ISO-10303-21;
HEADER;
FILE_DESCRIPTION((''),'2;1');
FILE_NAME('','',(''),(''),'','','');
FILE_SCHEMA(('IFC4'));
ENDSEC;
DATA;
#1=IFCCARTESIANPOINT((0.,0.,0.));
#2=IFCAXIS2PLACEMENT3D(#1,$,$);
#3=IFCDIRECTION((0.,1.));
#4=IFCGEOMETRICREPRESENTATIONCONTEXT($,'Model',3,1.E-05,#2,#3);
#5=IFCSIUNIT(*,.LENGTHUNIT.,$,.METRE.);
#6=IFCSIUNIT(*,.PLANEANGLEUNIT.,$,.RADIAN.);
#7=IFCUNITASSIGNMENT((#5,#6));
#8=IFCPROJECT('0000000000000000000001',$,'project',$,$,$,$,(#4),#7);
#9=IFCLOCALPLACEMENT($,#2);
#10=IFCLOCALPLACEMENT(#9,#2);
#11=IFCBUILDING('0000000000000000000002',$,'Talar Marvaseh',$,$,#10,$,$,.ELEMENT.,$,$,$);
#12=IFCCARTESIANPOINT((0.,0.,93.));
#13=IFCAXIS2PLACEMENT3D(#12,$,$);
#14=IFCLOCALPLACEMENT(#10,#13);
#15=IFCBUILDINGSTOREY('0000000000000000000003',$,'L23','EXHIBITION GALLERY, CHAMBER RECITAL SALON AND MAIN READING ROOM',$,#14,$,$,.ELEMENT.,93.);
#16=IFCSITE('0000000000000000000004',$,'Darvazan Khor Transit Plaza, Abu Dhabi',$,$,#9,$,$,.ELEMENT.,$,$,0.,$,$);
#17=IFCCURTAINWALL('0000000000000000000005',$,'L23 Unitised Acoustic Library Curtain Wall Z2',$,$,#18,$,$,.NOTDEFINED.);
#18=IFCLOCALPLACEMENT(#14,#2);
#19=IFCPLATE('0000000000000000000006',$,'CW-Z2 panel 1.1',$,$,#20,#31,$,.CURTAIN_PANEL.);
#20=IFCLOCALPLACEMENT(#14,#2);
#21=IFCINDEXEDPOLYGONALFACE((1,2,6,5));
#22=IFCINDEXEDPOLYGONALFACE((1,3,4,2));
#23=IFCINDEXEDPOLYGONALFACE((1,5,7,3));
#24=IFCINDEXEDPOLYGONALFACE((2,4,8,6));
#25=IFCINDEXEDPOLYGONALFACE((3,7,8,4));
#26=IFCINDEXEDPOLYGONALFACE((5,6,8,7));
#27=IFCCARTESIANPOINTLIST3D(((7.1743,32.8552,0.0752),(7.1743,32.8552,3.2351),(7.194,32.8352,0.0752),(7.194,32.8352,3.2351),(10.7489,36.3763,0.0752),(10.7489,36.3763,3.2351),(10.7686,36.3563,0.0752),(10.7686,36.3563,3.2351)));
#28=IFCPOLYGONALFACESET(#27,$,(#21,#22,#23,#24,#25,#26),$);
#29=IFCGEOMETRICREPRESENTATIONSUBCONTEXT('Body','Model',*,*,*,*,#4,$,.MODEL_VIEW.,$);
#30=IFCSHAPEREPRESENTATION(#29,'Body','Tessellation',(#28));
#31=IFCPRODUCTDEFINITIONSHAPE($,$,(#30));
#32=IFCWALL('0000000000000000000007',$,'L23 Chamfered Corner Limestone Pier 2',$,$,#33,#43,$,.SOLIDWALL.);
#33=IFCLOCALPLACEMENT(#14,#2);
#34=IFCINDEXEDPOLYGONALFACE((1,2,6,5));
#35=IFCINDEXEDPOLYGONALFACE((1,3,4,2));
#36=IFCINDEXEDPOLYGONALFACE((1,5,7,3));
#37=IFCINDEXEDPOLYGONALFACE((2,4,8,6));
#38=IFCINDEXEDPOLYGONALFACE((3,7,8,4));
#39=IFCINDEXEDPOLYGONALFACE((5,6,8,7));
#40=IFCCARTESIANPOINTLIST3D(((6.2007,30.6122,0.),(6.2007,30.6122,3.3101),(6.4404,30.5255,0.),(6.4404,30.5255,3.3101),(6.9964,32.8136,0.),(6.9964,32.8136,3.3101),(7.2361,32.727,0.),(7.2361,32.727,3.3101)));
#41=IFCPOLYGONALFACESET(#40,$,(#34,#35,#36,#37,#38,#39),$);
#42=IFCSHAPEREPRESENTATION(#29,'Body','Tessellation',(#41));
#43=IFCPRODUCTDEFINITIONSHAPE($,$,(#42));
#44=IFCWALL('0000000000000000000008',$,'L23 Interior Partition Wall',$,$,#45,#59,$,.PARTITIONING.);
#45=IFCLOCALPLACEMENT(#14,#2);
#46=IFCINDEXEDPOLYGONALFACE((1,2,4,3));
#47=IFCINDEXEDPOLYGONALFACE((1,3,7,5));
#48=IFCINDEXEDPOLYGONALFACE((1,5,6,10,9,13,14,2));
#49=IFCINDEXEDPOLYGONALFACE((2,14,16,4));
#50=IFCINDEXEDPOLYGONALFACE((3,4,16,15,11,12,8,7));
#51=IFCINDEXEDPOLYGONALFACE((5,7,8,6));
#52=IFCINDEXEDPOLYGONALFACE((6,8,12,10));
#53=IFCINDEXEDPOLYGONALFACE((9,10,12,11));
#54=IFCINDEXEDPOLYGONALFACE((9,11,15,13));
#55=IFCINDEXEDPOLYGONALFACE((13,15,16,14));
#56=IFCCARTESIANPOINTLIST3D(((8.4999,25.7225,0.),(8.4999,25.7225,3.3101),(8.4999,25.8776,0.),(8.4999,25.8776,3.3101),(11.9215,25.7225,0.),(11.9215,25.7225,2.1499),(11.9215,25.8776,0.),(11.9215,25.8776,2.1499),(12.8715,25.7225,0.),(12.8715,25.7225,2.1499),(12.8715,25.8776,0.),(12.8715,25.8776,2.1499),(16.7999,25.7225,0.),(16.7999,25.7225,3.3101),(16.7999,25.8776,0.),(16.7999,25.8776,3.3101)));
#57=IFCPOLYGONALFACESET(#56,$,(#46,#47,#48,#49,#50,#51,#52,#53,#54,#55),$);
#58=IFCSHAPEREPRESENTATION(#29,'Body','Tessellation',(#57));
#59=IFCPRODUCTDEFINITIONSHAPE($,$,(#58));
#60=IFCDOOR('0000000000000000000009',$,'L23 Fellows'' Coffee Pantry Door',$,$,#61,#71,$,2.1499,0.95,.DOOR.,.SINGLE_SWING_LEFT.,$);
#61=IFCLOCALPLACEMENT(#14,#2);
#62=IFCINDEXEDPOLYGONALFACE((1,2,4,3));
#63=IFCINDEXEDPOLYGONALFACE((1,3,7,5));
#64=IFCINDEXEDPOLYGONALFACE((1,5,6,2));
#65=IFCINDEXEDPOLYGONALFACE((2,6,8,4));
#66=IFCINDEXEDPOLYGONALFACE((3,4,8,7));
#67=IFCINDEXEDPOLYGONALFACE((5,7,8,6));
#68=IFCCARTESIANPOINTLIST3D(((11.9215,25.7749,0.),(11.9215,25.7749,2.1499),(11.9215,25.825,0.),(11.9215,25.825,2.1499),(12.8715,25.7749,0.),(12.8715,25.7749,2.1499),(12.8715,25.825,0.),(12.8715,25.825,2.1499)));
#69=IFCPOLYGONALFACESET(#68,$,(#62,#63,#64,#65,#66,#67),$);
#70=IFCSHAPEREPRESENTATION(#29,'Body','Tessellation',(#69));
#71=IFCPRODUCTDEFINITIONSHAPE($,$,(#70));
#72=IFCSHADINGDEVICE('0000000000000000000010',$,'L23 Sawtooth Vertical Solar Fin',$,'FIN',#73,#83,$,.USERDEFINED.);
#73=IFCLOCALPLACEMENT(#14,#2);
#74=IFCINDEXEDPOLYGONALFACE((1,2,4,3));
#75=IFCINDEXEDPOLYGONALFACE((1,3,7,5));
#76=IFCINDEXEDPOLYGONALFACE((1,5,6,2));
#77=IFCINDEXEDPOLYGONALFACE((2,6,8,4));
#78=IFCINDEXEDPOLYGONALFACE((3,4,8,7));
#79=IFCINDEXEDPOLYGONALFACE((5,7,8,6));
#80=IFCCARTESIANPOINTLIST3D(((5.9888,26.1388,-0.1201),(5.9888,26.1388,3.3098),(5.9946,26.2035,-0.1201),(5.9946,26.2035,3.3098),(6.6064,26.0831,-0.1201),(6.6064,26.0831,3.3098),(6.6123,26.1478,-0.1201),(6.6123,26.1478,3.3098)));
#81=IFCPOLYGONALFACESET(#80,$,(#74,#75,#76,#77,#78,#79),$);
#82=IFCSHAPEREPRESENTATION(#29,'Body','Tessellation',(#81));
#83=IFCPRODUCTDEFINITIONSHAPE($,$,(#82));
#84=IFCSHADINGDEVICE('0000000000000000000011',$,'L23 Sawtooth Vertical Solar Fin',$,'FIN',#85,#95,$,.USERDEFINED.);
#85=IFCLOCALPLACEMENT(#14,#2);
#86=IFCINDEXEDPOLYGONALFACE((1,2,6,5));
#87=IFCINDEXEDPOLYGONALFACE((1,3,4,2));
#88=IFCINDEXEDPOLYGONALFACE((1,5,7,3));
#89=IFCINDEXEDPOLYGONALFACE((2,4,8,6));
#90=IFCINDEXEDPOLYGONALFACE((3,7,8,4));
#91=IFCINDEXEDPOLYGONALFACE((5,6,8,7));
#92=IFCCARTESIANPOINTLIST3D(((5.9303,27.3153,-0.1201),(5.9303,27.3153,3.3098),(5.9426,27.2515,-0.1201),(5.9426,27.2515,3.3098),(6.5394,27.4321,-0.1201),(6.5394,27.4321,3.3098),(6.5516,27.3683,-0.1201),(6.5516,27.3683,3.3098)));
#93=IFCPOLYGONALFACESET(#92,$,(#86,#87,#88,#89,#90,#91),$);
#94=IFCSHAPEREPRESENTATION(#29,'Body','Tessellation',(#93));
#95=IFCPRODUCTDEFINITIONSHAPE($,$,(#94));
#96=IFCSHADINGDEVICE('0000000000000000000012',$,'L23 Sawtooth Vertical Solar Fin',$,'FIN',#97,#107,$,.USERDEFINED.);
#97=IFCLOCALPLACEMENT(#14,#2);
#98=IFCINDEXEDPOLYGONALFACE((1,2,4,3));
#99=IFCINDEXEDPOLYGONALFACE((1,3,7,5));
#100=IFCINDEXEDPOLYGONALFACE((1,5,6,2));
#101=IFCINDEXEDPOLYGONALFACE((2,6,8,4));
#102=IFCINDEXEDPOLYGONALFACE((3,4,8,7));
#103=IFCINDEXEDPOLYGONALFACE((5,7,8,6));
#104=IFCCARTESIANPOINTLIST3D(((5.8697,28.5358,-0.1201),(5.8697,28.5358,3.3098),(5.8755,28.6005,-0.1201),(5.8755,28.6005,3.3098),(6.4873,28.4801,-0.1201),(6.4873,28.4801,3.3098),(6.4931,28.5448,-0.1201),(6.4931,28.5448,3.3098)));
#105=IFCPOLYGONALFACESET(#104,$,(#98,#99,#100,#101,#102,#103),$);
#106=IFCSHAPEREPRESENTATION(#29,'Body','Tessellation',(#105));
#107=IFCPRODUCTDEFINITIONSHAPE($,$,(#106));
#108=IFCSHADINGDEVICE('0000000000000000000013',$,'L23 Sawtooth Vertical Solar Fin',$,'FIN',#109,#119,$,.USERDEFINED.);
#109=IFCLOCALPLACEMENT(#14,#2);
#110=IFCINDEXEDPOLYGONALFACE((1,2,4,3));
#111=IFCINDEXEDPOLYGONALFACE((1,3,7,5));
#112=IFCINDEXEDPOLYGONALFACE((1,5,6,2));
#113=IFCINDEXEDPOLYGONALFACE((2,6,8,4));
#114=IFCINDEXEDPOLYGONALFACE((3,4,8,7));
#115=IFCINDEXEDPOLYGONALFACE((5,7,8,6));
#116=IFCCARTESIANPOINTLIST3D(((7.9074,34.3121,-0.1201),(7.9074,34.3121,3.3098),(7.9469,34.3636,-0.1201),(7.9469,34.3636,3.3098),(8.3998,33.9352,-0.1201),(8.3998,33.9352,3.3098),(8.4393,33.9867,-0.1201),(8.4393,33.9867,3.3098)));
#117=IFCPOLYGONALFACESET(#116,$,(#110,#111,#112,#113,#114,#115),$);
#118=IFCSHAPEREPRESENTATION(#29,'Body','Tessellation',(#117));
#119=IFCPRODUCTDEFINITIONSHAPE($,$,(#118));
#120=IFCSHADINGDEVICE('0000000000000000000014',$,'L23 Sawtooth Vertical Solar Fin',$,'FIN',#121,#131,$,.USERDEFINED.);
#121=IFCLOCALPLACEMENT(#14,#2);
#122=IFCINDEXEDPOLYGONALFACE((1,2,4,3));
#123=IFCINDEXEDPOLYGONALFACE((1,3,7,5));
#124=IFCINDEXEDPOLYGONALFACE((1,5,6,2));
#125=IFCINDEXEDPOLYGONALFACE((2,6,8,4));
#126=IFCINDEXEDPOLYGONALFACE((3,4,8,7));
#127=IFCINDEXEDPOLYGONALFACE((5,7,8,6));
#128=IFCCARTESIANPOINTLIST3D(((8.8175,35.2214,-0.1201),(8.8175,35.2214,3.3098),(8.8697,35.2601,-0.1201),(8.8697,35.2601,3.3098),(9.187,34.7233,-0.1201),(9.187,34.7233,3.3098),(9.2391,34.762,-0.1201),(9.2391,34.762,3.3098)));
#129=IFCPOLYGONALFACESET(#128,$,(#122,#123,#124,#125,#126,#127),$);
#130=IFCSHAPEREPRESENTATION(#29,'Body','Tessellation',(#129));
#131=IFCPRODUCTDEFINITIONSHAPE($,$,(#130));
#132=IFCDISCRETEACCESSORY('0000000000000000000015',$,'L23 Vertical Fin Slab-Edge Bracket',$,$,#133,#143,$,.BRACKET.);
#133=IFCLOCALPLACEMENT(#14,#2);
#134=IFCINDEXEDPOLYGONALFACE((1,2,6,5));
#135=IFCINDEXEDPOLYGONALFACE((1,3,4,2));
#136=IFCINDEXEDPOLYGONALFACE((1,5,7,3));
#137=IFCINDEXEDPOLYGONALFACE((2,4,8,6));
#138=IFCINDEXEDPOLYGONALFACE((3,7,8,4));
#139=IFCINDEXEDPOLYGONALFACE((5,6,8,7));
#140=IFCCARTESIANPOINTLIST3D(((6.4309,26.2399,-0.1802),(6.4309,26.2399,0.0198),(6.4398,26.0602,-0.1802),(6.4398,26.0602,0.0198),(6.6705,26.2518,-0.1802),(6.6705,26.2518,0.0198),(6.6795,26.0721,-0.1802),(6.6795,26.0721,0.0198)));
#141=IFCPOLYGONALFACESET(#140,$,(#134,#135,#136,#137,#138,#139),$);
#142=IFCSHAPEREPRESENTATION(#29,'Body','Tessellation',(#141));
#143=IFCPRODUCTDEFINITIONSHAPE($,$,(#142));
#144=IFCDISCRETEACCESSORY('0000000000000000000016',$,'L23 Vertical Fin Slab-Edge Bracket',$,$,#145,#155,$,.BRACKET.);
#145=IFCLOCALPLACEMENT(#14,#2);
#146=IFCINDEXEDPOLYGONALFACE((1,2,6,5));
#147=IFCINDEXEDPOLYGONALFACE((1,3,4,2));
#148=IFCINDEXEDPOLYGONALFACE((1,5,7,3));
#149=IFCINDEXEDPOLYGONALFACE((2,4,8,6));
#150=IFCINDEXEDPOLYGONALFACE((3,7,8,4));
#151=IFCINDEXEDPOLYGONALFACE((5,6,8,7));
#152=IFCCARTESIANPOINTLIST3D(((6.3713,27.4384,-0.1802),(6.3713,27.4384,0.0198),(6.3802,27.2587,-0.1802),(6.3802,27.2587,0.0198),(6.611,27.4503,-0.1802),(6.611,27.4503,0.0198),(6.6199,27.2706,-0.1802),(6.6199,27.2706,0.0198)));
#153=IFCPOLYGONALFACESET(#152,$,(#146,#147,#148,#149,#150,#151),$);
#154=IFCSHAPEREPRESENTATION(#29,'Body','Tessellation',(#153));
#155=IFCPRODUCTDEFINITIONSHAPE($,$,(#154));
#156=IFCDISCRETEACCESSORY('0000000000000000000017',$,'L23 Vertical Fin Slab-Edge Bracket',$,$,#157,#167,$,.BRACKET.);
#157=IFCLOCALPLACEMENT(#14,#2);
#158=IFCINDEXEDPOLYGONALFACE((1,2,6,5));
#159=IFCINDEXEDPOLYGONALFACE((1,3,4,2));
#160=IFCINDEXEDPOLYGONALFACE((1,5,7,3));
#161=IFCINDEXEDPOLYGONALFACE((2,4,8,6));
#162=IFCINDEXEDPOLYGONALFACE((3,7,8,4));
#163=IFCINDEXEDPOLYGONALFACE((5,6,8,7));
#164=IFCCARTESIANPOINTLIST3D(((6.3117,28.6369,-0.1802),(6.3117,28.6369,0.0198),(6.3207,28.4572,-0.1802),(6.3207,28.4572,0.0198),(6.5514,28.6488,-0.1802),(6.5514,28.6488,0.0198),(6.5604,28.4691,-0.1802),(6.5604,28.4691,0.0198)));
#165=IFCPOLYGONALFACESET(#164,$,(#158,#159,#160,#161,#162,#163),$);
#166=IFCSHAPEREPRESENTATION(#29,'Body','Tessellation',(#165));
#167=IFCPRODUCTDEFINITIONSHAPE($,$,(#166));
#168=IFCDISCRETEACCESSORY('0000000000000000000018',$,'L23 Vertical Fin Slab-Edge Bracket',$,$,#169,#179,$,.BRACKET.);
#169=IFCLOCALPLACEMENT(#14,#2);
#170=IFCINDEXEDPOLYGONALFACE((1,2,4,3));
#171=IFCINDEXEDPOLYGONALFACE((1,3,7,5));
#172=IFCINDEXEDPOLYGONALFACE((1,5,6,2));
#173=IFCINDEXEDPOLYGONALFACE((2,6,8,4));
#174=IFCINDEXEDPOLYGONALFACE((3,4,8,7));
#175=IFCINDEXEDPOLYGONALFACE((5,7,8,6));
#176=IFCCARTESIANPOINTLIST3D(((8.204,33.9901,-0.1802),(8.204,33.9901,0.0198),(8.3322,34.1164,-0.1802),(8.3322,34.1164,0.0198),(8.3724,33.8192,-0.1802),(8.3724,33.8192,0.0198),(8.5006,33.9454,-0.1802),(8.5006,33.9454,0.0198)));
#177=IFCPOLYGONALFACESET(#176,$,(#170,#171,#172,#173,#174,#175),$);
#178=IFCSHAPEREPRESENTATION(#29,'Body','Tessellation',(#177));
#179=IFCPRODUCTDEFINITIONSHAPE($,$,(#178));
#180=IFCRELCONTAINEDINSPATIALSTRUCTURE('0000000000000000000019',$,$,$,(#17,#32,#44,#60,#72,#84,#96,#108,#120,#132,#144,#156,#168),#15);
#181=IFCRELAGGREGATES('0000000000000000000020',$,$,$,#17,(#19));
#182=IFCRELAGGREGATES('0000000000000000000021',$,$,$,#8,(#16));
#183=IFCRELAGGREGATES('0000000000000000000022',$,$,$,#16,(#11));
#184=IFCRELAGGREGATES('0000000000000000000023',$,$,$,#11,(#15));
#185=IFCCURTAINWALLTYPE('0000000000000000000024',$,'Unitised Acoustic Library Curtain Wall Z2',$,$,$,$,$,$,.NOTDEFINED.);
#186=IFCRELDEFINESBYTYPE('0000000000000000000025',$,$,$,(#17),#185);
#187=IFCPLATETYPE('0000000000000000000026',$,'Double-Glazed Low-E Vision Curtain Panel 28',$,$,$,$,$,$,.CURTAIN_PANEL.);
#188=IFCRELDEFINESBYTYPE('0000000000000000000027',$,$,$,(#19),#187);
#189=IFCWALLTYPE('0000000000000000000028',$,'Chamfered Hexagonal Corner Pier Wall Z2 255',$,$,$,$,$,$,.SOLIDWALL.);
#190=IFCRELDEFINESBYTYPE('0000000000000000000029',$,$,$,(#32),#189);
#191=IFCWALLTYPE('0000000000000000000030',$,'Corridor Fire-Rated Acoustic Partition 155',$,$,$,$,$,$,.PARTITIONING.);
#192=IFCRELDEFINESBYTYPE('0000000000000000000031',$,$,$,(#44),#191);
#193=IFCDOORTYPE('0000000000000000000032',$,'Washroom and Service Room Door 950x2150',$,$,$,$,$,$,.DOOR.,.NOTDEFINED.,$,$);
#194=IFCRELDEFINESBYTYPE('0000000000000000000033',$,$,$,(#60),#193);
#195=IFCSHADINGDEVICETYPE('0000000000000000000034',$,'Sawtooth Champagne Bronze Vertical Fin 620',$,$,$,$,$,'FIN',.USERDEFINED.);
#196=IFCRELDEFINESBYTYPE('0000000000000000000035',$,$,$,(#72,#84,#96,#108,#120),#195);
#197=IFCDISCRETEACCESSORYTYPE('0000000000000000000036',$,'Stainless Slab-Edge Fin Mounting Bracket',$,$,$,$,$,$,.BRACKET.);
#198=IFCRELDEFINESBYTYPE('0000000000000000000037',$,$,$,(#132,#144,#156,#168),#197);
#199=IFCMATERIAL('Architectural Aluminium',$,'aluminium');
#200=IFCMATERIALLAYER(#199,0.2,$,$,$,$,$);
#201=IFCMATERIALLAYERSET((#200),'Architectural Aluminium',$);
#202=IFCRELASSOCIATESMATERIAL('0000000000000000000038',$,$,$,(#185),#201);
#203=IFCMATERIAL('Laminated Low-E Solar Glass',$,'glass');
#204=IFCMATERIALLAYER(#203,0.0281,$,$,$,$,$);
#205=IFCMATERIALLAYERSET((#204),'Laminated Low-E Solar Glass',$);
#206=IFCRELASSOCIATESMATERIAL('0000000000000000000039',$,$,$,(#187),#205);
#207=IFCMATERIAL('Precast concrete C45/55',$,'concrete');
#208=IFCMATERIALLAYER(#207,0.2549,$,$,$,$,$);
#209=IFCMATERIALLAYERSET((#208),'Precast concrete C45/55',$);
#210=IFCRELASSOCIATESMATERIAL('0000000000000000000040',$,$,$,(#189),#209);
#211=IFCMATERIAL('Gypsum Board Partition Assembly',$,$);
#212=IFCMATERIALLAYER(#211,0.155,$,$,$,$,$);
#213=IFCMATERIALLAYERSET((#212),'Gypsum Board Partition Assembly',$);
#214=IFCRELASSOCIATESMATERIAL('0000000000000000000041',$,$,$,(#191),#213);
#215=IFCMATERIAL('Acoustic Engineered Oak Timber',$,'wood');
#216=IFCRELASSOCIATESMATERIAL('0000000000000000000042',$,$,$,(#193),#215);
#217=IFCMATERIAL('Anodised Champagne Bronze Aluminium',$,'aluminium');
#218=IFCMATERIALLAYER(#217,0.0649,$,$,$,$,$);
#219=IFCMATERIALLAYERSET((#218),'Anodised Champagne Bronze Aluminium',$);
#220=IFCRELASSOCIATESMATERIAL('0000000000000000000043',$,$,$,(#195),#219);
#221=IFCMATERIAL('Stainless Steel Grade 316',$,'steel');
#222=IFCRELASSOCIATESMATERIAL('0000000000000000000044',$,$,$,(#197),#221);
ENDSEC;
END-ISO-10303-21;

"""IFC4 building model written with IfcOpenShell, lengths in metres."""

from ifc_helpers import new_model, si_unit, direction, frame, frame_2d, origin, origin_2d, place, context, subcontext, project, spatial, rectangle, extrude, source, transform, mapped, material, layer, layer_set, type_object, type_shapes, element, fill, aggregate, save


model = new_model("IFC4")

# Units and contexts
model_context = context("Model", 3, precision=1e-05, world=origin(), true_north=direction((0.0, 1.0)))
body_context = subcontext(model_context, "Body", "Model", "MODEL_VIEW")
ifc_project = project(units=[si_unit("LENGTHUNIT", "METRE"), si_unit("PLANEANGLEUNIT", "RADIAN")], contexts=[model_context])

# Site, building, storey
site_placement = place(None, origin())
site = spatial("IfcSite", under=ifc_project, at=site_placement, Name="Darvazan Khor Transit Plaza, Abu Dhabi", CompositionType="ELEMENT", RefElevation=0.0)
building_placement = place(site_placement, origin())
building = spatial("IfcBuilding", under=site, at=building_placement, Name="Talar Marvaseh", CompositionType="ELEMENT")
storey_placement = place(building_placement, frame((0.0, 0.0, 93.0)))
storey = spatial("IfcBuildingStorey", under=building, at=storey_placement, Name="L23", Description="EXHIBITION GALLERY, CHAMBER RECITAL SALON AND MAIN READING ROOM", CompositionType="ELEMENT", Elevation=93.0)

# Shared definitions
ifc_material_1 = material(Name="Architectural Aluminium", Category="aluminium")
ifc_layer_1 = layer(ifc_material_1, 0.2)
ifc_layer_set_1 = layer_set([ifc_layer_1], Name="Architectural Aluminium")
curtain_wall_type = type_object("IfcCurtainWallType", Name="Unitised Acoustic Library Curtain Wall Z2", PredefinedType="NOTDEFINED", material=ifc_layer_set_1)

# Curtain wall
curtain_wall_1_placement = place(storey_placement, origin())
curtain_wall_1 = element("IfcCurtainWall", 1, at=curtain_wall_1_placement, inside=storey, type_object=curtain_wall_type, Name="L23 Unitised Acoustic Library Curtain Wall Z2", PredefinedType="NOTDEFINED")

# Plate
ifc_material_2 = material(Name="Laminated Low-E Solar Glass", Category="glass")
ifc_layer_2 = layer(ifc_material_2, 0.0281)
ifc_layer_set_2 = layer_set([ifc_layer_2], Name="Laminated Low-E Solar Glass")
plate_type = type_object("IfcPlateType", Name="Double-Glazed Low-E Vision Curtain Panel 28", PredefinedType="CURTAIN_PANEL", material=ifc_layer_set_2)
shared_shape_1 = source(origin(), body_context, "Body", "SweptSolid", [
    extrude(rectangle(XDim=5.0176, YDim=0.0281, at=origin_2d()), origin(), (0.0, 0.0, 1.0), 3.1599),
])
plate_1_placement = place(storey_placement, frame((8.9714, 34.6057, 0.0752), z_axis=(0.0, 0.0, 1.0), x_axis=(0.712418, 0.701755, 0.0)))
plate_1 = element("IfcPlate", 2, at=plate_1_placement, type_object=plate_type, Name="CW-Z2 panel 1.1", PredefinedType="CURTAIN_PANEL", context=body_context, shape_type="MappedRepresentation", body=[
    mapped(shared_shape_1, transform((0.0, 0.0, 0.0), x_axis=(1.0, 0.0, 0.0), y_axis=(0.0, 1.0, 0.0), z_axis=(0.0, 0.0, 1.0), scale=1.0)),
])
aggregate(curtain_wall_1, [plate_1])

# Wall
ifc_material_3 = material(Name="Precast concrete C45/55", Category="concrete")
ifc_layer_3 = layer(ifc_material_3, 0.2549)
ifc_layer_set_3 = layer_set([ifc_layer_3], Name="Precast concrete C45/55")
wall_type_1 = type_object("IfcWallType", Name="Chamfered Hexagonal Corner Pier Wall Z2 255", PredefinedType="SOLIDWALL", material=ifc_layer_set_3)
wall_1_placement = place(storey_placement, frame((6.3206, 30.5688, 0.0), z_axis=(0.0, 0.0, 1.0), x_axis=(0.339908, 0.940459, 0.0)))
element("IfcWall", 3, at=wall_1_placement, inside=storey, type_object=wall_type_1, Name="L23 Chamfered Corner Limestone Pier 2", PredefinedType="SOLIDWALL", context=body_context, shape_type="SweptSolid", body=[
    extrude(rectangle(XDim=2.3408, YDim=0.2549, at=frame_2d((1.1704, 0.0))), origin(), (0.0, 0.0, 1.0), 3.3101),
])

# Wall, opening, door
ifc_material_4 = material(Name="Gypsum Board Partition Assembly")
ifc_layer_4 = layer(ifc_material_4, 0.155)
ifc_layer_set_4 = layer_set([ifc_layer_4], Name="Gypsum Board Partition Assembly")
wall_type_2 = type_object("IfcWallType", Name="Corridor Fire-Rated Acoustic Partition 155", PredefinedType="PARTITIONING", material=ifc_layer_set_4)
wall_2_placement = place(storey_placement, frame((8.5, 25.8, 0.0), z_axis=(0.0, 0.0, 1.0), x_axis=(1.0, 0.0, 0.0)))
wall_2 = element("IfcWall", 4, at=wall_2_placement, inside=storey, type_object=wall_type_2, Name="L23 Interior Partition Wall", PredefinedType="PARTITIONING", context=body_context, shape_type="SweptSolid", body=[
    extrude(rectangle(XDim=8.3, YDim=0.155, at=frame_2d((4.1499, 0.0))), origin(), (0.0, 0.0, 1.0), 3.3101),
])
opening_placement = place(wall_2_placement, frame((3.4214, 0.0, 0.0)))
opening = element("IfcOpeningElement", 5, at=opening_placement, cuts=wall_2, PredefinedType="OPENING", context=body_context, shape_type="SweptSolid", body=[
    extrude(rectangle(XDim=0.95, YDim=2.1499, at=frame_2d((0.4751, 1.075))), frame((0.0, 0.0874, 0.0), z_axis=(0.0, -1.0, 0.0), x_axis=(1.0, 0.0, 0.0)), (0.0, 0.0, 1.0), 0.175),
])
ifc_material_5 = material(Name="Acoustic Engineered Oak Timber", Category="wood")
door_type = type_object("IfcDoorType", Name="Washroom and Service Room Door 950x2150", OperationType="NOTDEFINED", PredefinedType="DOOR", material=ifc_material_5)
shared_shape_2 = source(origin(), body_context, "Body", "SweptSolid", [
    extrude(rectangle(XDim=0.95, YDim=2.1499, at=frame_2d((0.4751, 1.075))), frame((0.0, 0.0249, 0.0), z_axis=(0.0, -1.0, 0.0), x_axis=(1.0, 0.0, 0.0)), (0.0, 0.0, 1.0), 0.05),
])
type_shapes(door_type, [shared_shape_2])
door_placement = place(opening_placement, origin())
door = element("IfcDoor", 6, at=door_placement, inside=storey, type_object=door_type, Name="L23 Fellows' Coffee Pantry Door", OperationType="SINGLE_SWING_LEFT", OverallHeight=2.1499, OverallWidth=0.95, PredefinedType="DOOR", context=body_context, shape_type="MappedRepresentation", body=[
    mapped(shared_shape_2, transform((0.0, 0.0, 0.0), x_axis=(1.0, 0.0, 0.0), y_axis=(0.0, 1.0, 0.0), z_axis=(0.0, 0.0, 1.0), scale=1.0)),
])
fill(opening, door)

# Shading devices
ifc_material_6 = material(Name="Anodised Champagne Bronze Aluminium", Category="aluminium")
ifc_layer_5 = layer(ifc_material_6, 0.0649)
ifc_layer_set_5 = layer_set([ifc_layer_5], Name="Anodised Champagne Bronze Aluminium")
shading_device_type = type_object("IfcShadingDeviceType", Name="Sawtooth Champagne Bronze Vertical Fin 620", ElementType="FIN", PredefinedType="USERDEFINED", material=ifc_layer_set_5)
shared_shape_3 = source(origin(), body_context, "Body", "SweptSolid", [
    extrude(rectangle(XDim=0.6201, YDim=0.0649, at=origin_2d()), origin(), (0.0, 0.0, 1.0), 3.4299),
])
type_shapes(shading_device_type, [shared_shape_3])
for number, where, z_axis, x_axis, name in (
    (7, (6.3005, 26.1433, -0.1201), (0.0, 0.0, 1.0), (-0.995963, 0.089763, 0.0), "L23 Sawtooth Vertical Solar Fin"),
    (8, (6.241, 27.3418, -0.1201), (0.0, 0.0, 1.0), (-0.982123, -0.188238, 0.0), "L23 Sawtooth Vertical Solar Fin"),
    (9, (6.1814, 28.5403, -0.1201), (0.0, 0.0, 1.0), (-0.995963, 0.089763, 0.0), "L23 Sawtooth Vertical Solar Fin"),
    (10, (8.1733, 34.1494, -0.1201), (0.0, 0.0, 1.0), (-0.794096, 0.607792, 0.0), "L23 Sawtooth Vertical Solar Fin"),
    (11, (9.0283, 34.9917, -0.1201), (0.0, 0.0, 1.0), (-0.595804, 0.80313, 0.0), "L23 Sawtooth Vertical Solar Fin"),
):
    element("IfcShadingDevice", number, at=place(storey_placement, frame(where, z_axis=z_axis, x_axis=x_axis)), inside=storey, type_object=shading_device_type, Name=name, ObjectType="FIN", PredefinedType="USERDEFINED", context=body_context, shape_type="MappedRepresentation", body=[
        mapped(shared_shape_3, transform((0.0, 0.0, 0.0), x_axis=(1.0, 0.0, 0.0), y_axis=(0.0, 1.0, 0.0), z_axis=(0.0, 0.0, 1.0), scale=1.0)),
    ])

# Discrete accessories
ifc_material_7 = material(Name="Stainless Steel Grade 316", Category="steel")
discrete_accessory_type = type_object("IfcDiscreteAccessoryType", Name="Stainless Slab-Edge Fin Mounting Bracket", PredefinedType="BRACKET", material=ifc_material_7)
shared_shape_4 = source(origin(), body_context, "Body", "SweptSolid", [
    extrude(rectangle(XDim=0.24, YDim=0.1799, at=origin_2d()), origin(), (0.0, 0.0, 1.0), 0.2),
])
type_shapes(discrete_accessory_type, [shared_shape_4])
for number, where, z_axis, x_axis, name in (
    (12, (6.5552, 26.156, -0.1802), (0.0, 0.0, 1.0), (-0.998763, -0.049721, 0.0), "L23 Vertical Fin Slab-Edge Bracket"),
    (13, (6.4956, 27.3545, -0.1802), (0.0, 0.0, 1.0), (-0.998763, -0.049721, 0.0), "L23 Vertical Fin Slab-Edge Bracket"),
    (14, (6.436, 28.553, -0.1802), (0.0, 0.0, 1.0), (-0.998763, -0.049721, 0.0), "L23 Vertical Fin Slab-Edge Bracket"),
    (15, (8.3523, 33.9678, -0.1802), (0.0, 0.0, 1.0), (-0.70178, 0.712394, 0.0), "L23 Vertical Fin Slab-Edge Bracket"),
):
    element("IfcDiscreteAccessory", number, at=place(storey_placement, frame(where, z_axis=z_axis, x_axis=x_axis)), inside=storey, type_object=discrete_accessory_type, Name=name, PredefinedType="BRACKET", context=body_context, shape_type="MappedRepresentation", body=[
        mapped(shared_shape_4, transform((0.0, 0.0, 0.0), x_axis=(1.0, 0.0, 0.0), y_axis=(0.0, 1.0, 0.0), z_axis=(0.0, 0.0, 1.0), scale=1.0)),
    ])

save(model, "model.ifc")
